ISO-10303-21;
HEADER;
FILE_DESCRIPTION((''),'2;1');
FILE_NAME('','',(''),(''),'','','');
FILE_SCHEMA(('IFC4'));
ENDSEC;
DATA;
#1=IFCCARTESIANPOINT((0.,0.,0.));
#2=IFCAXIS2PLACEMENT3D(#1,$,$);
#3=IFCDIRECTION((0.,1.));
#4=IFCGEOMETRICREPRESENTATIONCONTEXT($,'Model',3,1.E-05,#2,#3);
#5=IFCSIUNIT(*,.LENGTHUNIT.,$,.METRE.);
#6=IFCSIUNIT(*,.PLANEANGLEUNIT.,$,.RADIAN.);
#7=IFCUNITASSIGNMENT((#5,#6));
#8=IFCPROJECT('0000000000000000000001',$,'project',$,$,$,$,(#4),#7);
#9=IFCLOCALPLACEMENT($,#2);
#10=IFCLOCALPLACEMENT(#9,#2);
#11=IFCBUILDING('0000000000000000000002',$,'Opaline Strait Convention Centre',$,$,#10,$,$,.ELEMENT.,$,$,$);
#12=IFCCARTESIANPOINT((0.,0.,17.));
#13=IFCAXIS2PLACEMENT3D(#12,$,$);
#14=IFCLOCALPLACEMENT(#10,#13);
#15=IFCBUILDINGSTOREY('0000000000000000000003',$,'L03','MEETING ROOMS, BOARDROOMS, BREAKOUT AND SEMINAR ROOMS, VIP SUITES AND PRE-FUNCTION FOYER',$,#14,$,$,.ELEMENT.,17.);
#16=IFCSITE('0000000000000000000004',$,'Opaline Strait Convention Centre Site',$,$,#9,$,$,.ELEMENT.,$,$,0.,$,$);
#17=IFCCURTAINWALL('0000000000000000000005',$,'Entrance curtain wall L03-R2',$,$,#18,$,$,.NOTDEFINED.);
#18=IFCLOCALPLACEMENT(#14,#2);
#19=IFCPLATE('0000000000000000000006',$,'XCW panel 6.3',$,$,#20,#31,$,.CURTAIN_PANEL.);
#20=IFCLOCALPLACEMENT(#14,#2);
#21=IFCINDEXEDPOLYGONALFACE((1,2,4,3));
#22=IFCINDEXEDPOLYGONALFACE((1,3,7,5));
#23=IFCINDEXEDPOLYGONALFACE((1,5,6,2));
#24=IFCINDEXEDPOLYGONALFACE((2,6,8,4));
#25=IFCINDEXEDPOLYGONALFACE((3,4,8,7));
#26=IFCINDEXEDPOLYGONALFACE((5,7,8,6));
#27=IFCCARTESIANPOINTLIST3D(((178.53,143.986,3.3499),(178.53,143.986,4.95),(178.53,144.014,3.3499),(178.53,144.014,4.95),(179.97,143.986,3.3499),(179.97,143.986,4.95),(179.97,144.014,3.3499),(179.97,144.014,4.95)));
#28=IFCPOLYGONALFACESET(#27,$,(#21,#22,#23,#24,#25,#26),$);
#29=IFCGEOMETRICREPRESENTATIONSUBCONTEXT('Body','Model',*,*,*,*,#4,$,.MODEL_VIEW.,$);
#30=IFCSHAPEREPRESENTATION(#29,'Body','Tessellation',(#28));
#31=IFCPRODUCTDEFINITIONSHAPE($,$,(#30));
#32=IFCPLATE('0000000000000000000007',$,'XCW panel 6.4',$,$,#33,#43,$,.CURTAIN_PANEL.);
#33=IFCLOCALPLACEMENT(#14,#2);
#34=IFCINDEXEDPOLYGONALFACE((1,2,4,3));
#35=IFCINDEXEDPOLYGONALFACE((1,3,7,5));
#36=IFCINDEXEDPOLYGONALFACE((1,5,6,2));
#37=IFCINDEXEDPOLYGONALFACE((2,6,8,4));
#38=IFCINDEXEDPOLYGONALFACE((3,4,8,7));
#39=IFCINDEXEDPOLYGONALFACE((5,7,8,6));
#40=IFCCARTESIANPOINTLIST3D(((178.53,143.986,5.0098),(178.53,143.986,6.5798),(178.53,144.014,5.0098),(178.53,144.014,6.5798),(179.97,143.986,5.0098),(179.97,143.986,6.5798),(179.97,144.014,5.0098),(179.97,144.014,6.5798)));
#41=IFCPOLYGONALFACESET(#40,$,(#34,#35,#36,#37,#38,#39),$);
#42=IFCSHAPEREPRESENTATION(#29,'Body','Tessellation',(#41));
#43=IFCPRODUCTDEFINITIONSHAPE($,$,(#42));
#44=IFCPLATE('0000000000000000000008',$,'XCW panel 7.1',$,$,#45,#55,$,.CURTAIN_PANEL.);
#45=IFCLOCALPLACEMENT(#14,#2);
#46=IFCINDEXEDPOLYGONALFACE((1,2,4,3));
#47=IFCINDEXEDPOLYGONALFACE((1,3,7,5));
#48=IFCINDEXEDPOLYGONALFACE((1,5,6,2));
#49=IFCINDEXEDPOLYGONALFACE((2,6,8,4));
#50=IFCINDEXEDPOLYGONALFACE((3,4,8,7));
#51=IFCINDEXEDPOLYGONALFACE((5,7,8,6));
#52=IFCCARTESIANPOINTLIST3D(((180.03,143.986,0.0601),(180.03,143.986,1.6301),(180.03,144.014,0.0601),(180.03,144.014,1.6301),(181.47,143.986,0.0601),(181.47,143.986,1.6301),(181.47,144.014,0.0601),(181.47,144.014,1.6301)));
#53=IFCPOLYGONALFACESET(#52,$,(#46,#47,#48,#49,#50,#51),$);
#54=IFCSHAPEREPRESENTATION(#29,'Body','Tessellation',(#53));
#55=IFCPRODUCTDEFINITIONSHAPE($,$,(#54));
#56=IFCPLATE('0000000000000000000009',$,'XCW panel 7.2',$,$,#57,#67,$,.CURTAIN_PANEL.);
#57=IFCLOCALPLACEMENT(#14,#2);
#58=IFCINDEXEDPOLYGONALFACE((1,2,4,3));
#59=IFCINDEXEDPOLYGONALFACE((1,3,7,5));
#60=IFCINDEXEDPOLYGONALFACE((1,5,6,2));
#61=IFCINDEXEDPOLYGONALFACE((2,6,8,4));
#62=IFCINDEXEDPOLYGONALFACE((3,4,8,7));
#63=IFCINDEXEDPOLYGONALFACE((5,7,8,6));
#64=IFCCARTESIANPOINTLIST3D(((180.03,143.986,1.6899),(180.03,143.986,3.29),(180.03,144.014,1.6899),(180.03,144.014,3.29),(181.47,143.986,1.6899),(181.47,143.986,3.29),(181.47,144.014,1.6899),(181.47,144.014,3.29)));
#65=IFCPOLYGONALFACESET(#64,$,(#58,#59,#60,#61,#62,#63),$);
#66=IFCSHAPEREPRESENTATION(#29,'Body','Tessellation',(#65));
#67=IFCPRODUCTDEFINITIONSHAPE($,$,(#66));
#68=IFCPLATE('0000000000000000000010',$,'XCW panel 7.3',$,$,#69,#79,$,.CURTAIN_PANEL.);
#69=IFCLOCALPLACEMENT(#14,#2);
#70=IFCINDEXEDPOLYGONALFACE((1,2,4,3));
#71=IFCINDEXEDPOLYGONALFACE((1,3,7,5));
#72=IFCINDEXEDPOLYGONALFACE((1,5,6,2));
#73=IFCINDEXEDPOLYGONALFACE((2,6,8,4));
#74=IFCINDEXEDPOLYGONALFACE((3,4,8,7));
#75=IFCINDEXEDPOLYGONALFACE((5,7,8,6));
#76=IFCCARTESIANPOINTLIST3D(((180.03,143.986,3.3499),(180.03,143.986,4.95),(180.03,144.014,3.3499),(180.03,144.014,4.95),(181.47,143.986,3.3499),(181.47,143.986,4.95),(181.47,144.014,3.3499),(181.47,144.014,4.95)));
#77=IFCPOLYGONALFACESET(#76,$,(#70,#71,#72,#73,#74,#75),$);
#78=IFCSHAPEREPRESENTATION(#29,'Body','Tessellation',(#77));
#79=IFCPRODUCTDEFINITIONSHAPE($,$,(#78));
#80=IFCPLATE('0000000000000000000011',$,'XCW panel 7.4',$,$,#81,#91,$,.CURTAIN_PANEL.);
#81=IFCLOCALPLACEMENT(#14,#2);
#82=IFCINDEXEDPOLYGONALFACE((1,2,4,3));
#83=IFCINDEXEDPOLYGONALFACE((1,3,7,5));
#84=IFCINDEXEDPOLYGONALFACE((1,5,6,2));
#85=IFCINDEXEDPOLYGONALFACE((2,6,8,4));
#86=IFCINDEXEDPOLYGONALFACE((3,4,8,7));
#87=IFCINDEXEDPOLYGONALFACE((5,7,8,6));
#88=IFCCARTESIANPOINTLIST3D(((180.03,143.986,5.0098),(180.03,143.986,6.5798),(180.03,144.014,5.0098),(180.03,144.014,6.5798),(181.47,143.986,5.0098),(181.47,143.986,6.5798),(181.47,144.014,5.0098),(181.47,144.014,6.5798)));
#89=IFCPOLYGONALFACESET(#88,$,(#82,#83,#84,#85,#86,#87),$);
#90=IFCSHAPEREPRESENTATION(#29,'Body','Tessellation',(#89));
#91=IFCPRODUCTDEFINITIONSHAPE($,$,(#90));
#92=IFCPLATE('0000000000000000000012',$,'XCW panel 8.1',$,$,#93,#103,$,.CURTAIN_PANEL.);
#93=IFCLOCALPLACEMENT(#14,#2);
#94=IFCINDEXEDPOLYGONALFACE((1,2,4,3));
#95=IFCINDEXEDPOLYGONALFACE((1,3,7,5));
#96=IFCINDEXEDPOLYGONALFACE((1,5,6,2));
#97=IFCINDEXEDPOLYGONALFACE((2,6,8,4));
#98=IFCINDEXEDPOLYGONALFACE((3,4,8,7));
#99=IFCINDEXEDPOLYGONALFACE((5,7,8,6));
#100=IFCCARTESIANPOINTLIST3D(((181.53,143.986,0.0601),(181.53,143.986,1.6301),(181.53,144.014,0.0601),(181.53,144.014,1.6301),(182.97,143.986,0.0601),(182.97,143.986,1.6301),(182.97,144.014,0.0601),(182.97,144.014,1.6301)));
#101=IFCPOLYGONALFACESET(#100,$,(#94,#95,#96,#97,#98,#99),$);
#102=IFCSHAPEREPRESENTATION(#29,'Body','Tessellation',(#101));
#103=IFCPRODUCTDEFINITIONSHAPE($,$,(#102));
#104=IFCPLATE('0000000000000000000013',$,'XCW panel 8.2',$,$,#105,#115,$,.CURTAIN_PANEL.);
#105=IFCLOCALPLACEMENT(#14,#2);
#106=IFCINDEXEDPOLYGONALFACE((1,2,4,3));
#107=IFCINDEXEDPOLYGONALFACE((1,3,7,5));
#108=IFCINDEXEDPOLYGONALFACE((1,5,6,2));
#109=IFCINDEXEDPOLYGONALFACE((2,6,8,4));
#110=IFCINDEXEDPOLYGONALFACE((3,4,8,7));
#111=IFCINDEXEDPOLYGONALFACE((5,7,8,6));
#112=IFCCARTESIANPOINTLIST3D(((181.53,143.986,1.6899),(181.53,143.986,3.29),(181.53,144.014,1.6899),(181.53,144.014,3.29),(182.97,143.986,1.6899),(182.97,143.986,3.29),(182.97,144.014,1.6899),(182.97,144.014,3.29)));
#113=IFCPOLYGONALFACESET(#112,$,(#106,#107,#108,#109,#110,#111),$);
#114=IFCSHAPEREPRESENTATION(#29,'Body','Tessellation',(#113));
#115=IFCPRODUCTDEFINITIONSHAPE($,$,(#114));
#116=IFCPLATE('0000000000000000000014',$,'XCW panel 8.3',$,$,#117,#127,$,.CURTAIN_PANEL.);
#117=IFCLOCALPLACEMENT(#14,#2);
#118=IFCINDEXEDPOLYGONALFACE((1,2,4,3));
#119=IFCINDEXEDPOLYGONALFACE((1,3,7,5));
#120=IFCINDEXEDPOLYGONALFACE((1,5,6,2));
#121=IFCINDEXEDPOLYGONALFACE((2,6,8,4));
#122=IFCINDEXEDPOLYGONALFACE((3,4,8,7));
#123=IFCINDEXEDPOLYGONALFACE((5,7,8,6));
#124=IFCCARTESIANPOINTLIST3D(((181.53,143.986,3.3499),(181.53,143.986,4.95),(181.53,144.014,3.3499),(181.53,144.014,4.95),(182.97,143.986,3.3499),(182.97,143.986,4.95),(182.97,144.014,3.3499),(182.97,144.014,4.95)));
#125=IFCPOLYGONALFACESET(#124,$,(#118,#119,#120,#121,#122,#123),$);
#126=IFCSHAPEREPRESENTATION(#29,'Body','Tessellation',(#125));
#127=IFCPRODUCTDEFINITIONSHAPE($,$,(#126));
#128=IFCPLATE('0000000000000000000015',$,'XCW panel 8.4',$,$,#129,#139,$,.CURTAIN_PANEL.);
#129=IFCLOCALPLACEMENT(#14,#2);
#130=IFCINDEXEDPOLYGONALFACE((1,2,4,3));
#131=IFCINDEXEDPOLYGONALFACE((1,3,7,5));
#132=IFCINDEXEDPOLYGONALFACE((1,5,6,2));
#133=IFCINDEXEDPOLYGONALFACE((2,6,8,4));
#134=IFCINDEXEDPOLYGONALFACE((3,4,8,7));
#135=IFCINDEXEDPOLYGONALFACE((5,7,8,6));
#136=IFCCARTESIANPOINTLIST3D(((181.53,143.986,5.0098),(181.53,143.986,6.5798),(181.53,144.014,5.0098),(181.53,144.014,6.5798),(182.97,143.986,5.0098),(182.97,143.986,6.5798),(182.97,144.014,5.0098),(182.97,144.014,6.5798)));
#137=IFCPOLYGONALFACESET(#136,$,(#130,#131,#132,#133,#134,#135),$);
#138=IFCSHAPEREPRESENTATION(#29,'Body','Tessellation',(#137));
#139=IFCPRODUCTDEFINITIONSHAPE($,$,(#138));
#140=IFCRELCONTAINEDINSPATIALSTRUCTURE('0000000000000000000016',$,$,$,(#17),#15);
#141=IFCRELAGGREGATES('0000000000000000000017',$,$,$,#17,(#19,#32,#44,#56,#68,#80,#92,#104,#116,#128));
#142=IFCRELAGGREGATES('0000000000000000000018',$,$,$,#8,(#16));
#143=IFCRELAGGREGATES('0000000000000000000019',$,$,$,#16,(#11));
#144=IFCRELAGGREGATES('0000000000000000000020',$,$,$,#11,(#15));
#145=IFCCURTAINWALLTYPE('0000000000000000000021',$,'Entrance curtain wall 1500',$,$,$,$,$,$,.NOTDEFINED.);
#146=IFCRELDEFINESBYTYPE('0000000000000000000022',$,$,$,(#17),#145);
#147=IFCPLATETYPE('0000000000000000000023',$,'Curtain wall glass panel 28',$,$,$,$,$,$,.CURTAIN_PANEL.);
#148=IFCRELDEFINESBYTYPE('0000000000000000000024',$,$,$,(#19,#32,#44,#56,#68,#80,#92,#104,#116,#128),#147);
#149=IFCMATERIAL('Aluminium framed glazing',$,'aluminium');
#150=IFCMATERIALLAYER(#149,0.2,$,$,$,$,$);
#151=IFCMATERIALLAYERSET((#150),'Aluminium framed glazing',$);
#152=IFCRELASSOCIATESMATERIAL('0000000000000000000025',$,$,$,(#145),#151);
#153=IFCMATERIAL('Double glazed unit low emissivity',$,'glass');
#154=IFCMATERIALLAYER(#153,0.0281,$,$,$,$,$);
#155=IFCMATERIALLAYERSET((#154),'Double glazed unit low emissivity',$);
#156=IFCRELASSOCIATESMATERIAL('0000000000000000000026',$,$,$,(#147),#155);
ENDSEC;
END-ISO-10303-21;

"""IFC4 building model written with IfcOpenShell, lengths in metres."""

from ifc_helpers import new_model, si_unit, direction, frame, origin, origin_2d, place, context, subcontext, project, spatial, rectangle, extrude, material, layer, layer_set, type_object, element, aggregate, save


model = new_model("IFC4")

# Units and contexts
model_context = context("Model", 3, precision=1e-05, world=origin(), true_north=direction((0.0, 1.0)))
body_context = subcontext(model_context, "Body", "Model", "MODEL_VIEW")
ifc_project = project(units=[si_unit("LENGTHUNIT", "METRE"), si_unit("PLANEANGLEUNIT", "RADIAN")], contexts=[model_context])

# Site, building, storey
site_placement = place(None, origin())
site = spatial("IfcSite", under=ifc_project, at=site_placement, Name="Opaline Strait Convention Centre Site", CompositionType="ELEMENT", RefElevation=0.0)
building_placement = place(site_placement, origin())
building = spatial("IfcBuilding", under=site, at=building_placement, Name="Opaline Strait Convention Centre", CompositionType="ELEMENT")
storey_placement = place(building_placement, frame((0.0, 0.0, 17.0)))
storey = spatial("IfcBuildingStorey", under=building, at=storey_placement, Name="L03", Description="MEETING ROOMS, BOARDROOMS, BREAKOUT AND SEMINAR ROOMS, VIP SUITES AND PRE-FUNCTION FOYER", CompositionType="ELEMENT", Elevation=17.0)

# Curtain wall, plates
ifc_material_1 = material(Name="Aluminium framed glazing", Category="aluminium")
ifc_layer_1 = layer(ifc_material_1, 0.2)
ifc_layer_set_1 = layer_set([ifc_layer_1], Name="Aluminium framed glazing")
curtain_wall_type = type_object("IfcCurtainWallType", Name="Entrance curtain wall 1500", PredefinedType="NOTDEFINED", material=ifc_layer_set_1)
curtain_wall_placement = place(storey_placement, origin())
curtain_wall = element("IfcCurtainWall", 1, at=curtain_wall_placement, inside=storey, type_object=curtain_wall_type, Name="Entrance curtain wall L03-R2", PredefinedType="NOTDEFINED")
ifc_material_2 = material(Name="Double glazed unit low emissivity", Category="glass")
ifc_layer_2 = layer(ifc_material_2, 0.0281)
ifc_layer_set_2 = layer_set([ifc_layer_2], Name="Double glazed unit low emissivity")
plate_type = type_object("IfcPlateType", Name="Curtain wall glass panel 28", PredefinedType="CURTAIN_PANEL", material=ifc_layer_set_2)
plate_1_placement = place(storey_placement, frame((179.25, 144.0, 3.3499), z_axis=(0.0, 0.0, 1.0), x_axis=(1.0, 0.0, 0.0)))
plate_1 = element("IfcPlate", 2, at=plate_1_placement, type_object=plate_type, Name="XCW panel 6.3", PredefinedType="CURTAIN_PANEL", context=body_context, shape_type="SweptSolid", body=[
    extrude(rectangle(XDim=1.4399, YDim=0.0281, at=origin_2d()), origin(), (0.0, 0.0, 1.0), 1.6001),
])
plate_2_placement = place(storey_placement, frame((179.25, 144.0, 5.0098), z_axis=(0.0, 0.0, 1.0), x_axis=(1.0, 0.0, 0.0)))
plate_2 = element("IfcPlate", 3, at=plate_2_placement, type_object=plate_type, Name="XCW panel 6.4", PredefinedType="CURTAIN_PANEL", context=body_context, shape_type="SweptSolid", body=[
    extrude(rectangle(XDim=1.4399, YDim=0.0281, at=origin_2d()), origin(), (0.0, 0.0, 1.0), 1.5701),
])
plate_3_placement = place(storey_placement, frame((180.75, 144.0, 0.0601), z_axis=(0.0, 0.0, 1.0), x_axis=(1.0, 0.0, 0.0)))
plate_3 = element("IfcPlate", 4, at=plate_3_placement, type_object=plate_type, Name="XCW panel 7.1", PredefinedType="CURTAIN_PANEL", context=body_context, shape_type="SweptSolid", body=[
    extrude(rectangle(XDim=1.4399, YDim=0.0281, at=origin_2d()), origin(), (0.0, 0.0, 1.0), 1.5701),
])
plate_4_placement = place(storey_placement, frame((180.75, 144.0, 1.6899), z_axis=(0.0, 0.0, 1.0), x_axis=(1.0, 0.0, 0.0)))
plate_4 = element("IfcPlate", 5, at=plate_4_placement, type_object=plate_type, Name="XCW panel 7.2", PredefinedType="CURTAIN_PANEL", context=body_context, shape_type="SweptSolid", body=[
    extrude(rectangle(XDim=1.4399, YDim=0.0281, at=origin_2d()), origin(), (0.0, 0.0, 1.0), 1.6001),
])
plate_5_placement = place(storey_placement, frame((180.75, 144.0, 3.3499), z_axis=(0.0, 0.0, 1.0), x_axis=(1.0, 0.0, 0.0)))
plate_5 = element("IfcPlate", 6, at=plate_5_placement, type_object=plate_type, Name="XCW panel 7.3", PredefinedType="CURTAIN_PANEL", context=body_context, shape_type="SweptSolid", body=[
    extrude(rectangle(XDim=1.4399, YDim=0.0281, at=origin_2d()), origin(), (0.0, 0.0, 1.0), 1.6001),
])
plate_6_placement = place(storey_placement, frame((180.75, 144.0, 5.0098), z_axis=(0.0, 0.0, 1.0), x_axis=(1.0, 0.0, 0.0)))
plate_6 = element("IfcPlate", 7, at=plate_6_placement, type_object=plate_type, Name="XCW panel 7.4", PredefinedType="CURTAIN_PANEL", context=body_context, shape_type="SweptSolid", body=[
    extrude(rectangle(XDim=1.4399, YDim=0.0281, at=origin_2d()), origin(), (0.0, 0.0, 1.0), 1.5701),
])
plate_7_placement = place(storey_placement, frame((182.25, 144.0, 0.0601), z_axis=(0.0, 0.0, 1.0), x_axis=(1.0, 0.0, 0.0)))
plate_7 = element("IfcPlate", 8, at=plate_7_placement, type_object=plate_type, Name="XCW panel 8.1", PredefinedType="CURTAIN_PANEL", context=body_context, shape_type="SweptSolid", body=[
    extrude(rectangle(XDim=1.4399, YDim=0.0281, at=origin_2d()), origin(), (0.0, 0.0, 1.0), 1.5701),
])
plate_8_placement = place(storey_placement, frame((182.25, 144.0, 1.6899), z_axis=(0.0, 0.0, 1.0), x_axis=(1.0, 0.0, 0.0)))
plate_8 = element("IfcPlate", 9, at=plate_8_placement, type_object=plate_type, Name="XCW panel 8.2", PredefinedType="CURTAIN_PANEL", context=body_context, shape_type="SweptSolid", body=[
    extrude(rectangle(XDim=1.4399, YDim=0.0281, at=origin_2d()), origin(), (0.0, 0.0, 1.0), 1.6001),
])
plate_9_placement = place(storey_placement, frame((182.25, 144.0, 3.3499), z_axis=(0.0, 0.0, 1.0), x_axis=(1.0, 0.0, 0.0)))
plate_9 = element("IfcPlate", 10, at=plate_9_placement, type_object=plate_type, Name="XCW panel 8.3", PredefinedType="CURTAIN_PANEL", context=body_context, shape_type="SweptSolid", body=[
    extrude(rectangle(XDim=1.4399, YDim=0.0281, at=origin_2d()), origin(), (0.0, 0.0, 1.0), 1.6001),
])
plate_10_placement = place(storey_placement, frame((182.25, 144.0, 5.0098), z_axis=(0.0, 0.0, 1.0), x_axis=(1.0, 0.0, 0.0)))
plate_10 = element("IfcPlate", 11, at=plate_10_placement, type_object=plate_type, Name="XCW panel 8.4", PredefinedType="CURTAIN_PANEL", context=body_context, shape_type="SweptSolid", body=[
    extrude(rectangle(XDim=1.4399, YDim=0.0281, at=origin_2d()), origin(), (0.0, 0.0, 1.0), 1.5701),
])
aggregate(curtain_wall, [plate_1, plate_2, plate_3, plate_4, plate_5, plate_6, plate_7, plate_8, plate_9, plate_10])

save(model, "model.ifc")
